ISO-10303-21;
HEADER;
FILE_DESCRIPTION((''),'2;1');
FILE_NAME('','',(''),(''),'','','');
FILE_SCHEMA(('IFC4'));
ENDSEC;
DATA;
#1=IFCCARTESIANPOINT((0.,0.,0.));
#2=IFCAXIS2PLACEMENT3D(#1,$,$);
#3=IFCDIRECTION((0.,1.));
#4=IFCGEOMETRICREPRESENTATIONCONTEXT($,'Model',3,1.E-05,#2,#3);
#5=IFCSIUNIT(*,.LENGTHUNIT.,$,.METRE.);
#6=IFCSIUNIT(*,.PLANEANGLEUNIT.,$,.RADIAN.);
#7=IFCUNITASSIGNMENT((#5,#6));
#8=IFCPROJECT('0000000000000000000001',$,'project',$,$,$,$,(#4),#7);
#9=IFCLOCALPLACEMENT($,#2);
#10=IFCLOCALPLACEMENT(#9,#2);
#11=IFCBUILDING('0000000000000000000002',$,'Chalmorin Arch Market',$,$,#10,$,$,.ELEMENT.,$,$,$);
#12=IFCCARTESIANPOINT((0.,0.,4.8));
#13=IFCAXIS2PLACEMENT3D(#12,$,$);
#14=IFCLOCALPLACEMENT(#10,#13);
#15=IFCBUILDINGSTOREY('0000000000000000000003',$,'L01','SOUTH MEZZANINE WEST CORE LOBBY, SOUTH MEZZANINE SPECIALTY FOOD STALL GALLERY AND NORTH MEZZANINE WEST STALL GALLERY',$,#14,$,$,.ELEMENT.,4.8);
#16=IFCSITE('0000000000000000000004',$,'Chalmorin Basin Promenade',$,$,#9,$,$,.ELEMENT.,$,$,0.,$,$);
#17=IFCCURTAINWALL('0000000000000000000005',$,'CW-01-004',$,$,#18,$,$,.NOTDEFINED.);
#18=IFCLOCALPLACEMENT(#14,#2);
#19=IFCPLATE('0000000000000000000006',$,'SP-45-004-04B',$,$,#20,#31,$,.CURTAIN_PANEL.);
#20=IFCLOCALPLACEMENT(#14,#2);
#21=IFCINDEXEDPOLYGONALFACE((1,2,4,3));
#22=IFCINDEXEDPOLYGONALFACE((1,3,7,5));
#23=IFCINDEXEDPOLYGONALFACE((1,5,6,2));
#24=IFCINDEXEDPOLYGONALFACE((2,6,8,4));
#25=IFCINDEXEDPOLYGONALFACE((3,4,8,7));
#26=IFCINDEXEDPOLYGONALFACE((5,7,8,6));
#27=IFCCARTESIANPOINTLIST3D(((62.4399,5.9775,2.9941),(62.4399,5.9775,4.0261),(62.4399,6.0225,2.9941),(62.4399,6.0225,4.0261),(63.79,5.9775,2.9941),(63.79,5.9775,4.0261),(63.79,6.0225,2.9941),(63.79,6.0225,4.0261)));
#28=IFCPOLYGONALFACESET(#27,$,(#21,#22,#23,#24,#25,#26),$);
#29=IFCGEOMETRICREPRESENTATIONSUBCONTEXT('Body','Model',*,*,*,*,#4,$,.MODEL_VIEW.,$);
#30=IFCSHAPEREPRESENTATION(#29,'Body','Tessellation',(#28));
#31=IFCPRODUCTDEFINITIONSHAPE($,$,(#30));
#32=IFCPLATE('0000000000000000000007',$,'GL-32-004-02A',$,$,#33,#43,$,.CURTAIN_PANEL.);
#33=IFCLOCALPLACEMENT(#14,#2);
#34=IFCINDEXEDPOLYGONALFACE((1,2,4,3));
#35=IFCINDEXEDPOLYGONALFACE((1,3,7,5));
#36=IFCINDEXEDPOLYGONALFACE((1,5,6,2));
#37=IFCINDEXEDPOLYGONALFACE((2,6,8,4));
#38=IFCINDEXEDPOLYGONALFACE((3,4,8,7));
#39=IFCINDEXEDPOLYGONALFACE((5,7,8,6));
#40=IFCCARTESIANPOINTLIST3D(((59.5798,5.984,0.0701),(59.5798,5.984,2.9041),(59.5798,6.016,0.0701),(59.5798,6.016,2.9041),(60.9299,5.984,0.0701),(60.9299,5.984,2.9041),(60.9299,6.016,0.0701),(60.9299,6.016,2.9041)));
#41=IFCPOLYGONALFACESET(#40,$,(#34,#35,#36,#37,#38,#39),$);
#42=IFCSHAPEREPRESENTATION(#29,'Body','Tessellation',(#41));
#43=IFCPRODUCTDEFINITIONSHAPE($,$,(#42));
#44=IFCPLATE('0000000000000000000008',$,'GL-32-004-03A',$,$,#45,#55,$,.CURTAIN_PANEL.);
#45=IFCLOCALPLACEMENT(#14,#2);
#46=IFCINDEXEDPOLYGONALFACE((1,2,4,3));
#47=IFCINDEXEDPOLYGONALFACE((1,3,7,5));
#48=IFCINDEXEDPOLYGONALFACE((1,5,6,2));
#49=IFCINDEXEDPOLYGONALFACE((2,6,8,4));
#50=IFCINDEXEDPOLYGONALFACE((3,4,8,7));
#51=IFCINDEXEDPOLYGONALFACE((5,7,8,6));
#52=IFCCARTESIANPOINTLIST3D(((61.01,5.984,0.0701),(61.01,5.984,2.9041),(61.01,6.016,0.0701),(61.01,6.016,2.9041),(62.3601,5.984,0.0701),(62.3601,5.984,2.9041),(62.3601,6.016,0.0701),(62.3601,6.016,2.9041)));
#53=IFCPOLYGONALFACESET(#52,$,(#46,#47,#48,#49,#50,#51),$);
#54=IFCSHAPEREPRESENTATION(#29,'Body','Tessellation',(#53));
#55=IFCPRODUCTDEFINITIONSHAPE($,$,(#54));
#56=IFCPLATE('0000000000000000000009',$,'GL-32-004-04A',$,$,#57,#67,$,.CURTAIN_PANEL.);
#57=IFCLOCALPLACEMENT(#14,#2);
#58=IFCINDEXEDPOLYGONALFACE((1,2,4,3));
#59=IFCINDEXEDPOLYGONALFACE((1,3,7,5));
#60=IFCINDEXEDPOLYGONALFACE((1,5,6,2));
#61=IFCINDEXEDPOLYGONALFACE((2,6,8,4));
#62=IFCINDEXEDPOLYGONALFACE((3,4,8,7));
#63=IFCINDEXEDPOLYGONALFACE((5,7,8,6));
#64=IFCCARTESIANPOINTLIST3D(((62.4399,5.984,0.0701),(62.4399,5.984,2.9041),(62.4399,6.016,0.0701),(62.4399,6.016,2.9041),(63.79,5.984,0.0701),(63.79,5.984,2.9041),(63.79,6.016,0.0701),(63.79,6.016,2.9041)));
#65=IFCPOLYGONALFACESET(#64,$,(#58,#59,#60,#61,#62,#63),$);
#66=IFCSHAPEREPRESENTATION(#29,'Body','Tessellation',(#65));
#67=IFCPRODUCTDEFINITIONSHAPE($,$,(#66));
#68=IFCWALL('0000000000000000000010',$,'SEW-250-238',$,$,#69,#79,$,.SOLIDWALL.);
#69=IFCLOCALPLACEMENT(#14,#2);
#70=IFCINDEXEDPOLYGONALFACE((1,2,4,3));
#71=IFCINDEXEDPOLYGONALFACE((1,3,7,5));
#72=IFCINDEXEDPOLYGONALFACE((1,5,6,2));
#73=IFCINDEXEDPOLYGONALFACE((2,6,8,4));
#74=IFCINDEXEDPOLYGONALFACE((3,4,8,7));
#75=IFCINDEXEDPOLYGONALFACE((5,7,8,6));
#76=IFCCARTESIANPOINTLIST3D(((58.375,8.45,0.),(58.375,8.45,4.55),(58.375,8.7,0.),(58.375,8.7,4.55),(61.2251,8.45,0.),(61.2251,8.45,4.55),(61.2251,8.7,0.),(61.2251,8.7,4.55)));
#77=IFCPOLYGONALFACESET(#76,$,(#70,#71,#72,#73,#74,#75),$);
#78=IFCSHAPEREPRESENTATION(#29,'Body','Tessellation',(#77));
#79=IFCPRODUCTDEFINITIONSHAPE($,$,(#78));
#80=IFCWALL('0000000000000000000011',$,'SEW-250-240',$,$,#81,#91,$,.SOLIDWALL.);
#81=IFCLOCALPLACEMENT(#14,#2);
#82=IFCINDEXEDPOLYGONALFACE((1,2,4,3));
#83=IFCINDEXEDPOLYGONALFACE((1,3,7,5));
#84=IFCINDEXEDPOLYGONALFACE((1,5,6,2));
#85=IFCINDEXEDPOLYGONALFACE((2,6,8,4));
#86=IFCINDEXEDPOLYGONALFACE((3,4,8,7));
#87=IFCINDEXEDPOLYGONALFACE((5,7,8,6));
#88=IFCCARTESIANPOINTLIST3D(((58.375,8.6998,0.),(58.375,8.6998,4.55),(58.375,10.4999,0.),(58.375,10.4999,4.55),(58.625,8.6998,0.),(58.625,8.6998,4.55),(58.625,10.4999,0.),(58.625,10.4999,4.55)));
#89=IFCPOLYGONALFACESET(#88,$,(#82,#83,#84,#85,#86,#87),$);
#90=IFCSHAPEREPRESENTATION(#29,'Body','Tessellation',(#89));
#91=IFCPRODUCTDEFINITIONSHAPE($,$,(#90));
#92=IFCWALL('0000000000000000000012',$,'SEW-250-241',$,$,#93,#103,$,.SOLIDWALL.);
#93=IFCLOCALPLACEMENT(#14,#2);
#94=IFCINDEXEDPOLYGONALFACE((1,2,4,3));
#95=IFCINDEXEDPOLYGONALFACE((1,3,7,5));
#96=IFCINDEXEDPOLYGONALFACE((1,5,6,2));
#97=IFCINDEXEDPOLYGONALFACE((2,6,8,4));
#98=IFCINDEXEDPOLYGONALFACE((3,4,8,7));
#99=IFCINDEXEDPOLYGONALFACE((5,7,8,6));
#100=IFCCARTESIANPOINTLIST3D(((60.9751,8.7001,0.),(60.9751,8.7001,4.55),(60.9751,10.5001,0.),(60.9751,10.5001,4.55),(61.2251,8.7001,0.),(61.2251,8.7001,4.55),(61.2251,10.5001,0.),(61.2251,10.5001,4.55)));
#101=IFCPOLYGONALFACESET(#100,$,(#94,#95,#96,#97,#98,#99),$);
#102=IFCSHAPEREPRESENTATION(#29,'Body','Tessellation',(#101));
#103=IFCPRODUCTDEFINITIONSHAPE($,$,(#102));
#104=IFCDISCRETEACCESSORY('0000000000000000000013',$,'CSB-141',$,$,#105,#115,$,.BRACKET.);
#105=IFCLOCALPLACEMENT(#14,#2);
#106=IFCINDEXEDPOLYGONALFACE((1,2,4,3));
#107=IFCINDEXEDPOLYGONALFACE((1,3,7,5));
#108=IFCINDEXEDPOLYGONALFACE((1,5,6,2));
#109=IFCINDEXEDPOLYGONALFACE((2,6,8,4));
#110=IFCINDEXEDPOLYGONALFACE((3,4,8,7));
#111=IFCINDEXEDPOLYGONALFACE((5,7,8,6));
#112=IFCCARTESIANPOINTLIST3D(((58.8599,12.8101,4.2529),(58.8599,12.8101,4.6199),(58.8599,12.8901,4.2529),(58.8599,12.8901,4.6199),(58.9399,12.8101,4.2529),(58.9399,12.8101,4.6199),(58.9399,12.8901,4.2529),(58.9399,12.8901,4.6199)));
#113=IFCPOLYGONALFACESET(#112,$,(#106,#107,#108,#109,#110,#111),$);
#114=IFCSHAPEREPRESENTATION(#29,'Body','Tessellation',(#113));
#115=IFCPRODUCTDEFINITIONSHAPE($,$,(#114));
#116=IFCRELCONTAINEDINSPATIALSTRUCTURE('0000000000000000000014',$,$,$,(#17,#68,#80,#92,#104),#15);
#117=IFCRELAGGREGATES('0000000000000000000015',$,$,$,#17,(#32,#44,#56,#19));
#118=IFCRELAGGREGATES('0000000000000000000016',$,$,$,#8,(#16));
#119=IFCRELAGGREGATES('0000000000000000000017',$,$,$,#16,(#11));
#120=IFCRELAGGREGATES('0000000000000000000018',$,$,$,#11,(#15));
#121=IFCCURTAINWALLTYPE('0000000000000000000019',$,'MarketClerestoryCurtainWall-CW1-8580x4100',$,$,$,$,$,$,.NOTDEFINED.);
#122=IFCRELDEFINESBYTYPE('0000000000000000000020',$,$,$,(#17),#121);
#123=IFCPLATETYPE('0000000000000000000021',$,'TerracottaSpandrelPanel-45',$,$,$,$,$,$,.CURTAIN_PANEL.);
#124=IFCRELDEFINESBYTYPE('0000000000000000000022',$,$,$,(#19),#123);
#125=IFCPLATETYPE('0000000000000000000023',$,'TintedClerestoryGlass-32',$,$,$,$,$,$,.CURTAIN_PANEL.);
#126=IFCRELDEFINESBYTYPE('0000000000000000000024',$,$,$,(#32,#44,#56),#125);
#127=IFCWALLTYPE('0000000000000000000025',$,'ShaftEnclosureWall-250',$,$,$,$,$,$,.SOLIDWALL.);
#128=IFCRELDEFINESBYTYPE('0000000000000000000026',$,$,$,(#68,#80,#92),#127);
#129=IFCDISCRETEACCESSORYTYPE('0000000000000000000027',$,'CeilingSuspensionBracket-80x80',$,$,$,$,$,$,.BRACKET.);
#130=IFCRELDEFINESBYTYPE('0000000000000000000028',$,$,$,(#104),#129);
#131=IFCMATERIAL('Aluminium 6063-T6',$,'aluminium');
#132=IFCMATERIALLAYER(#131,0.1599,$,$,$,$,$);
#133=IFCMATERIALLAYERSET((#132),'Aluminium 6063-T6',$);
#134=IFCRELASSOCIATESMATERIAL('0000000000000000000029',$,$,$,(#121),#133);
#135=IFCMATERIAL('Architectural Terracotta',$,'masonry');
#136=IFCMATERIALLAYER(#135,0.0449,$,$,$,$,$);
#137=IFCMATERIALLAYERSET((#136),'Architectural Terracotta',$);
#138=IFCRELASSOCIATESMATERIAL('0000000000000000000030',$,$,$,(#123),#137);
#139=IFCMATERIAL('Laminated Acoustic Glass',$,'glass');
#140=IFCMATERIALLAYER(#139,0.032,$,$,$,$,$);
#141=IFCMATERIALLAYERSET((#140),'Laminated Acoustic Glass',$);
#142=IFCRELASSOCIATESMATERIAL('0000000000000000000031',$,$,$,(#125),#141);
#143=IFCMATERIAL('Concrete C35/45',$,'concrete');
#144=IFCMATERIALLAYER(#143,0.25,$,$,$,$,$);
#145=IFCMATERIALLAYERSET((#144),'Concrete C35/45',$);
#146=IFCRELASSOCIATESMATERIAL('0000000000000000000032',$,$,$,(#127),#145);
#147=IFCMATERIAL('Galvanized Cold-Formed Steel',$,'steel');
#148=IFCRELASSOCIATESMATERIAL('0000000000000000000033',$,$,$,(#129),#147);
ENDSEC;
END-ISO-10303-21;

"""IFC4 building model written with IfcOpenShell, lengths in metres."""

from ifc_helpers import new_model, si_unit, direction, frame, frame_2d, origin, origin_2d, place, context, subcontext, project, spatial, rectangle, extrude, material, layer, layer_set, type_object, element, aggregate, save


model = new_model("IFC4")

# Units and contexts
model_context = context("Model", 3, precision=1e-05, world=origin(), true_north=direction((0.0, 1.0)))
body_context = subcontext(model_context, "Body", "Model", "MODEL_VIEW")
ifc_project = project(units=[si_unit("LENGTHUNIT", "METRE"), si_unit("PLANEANGLEUNIT", "RADIAN")], contexts=[model_context])

# Site, building, storey
site_placement = place(None, origin())
site = spatial("IfcSite", under=ifc_project, at=site_placement, Name="Chalmorin Basin Promenade", CompositionType="ELEMENT", RefElevation=0.0)
building_placement = place(site_placement, origin())
building = spatial("IfcBuilding", under=site, at=building_placement, Name="Chalmorin Arch Market", CompositionType="ELEMENT")
storey_placement = place(building_placement, frame((0.0, 0.0, 4.8)))
storey = spatial("IfcBuildingStorey", under=building, at=storey_placement, Name="L01", Description="SOUTH MEZZANINE WEST CORE LOBBY, SOUTH MEZZANINE SPECIALTY FOOD STALL GALLERY AND NORTH MEZZANINE WEST STALL GALLERY", CompositionType="ELEMENT", Elevation=4.8)

# Curtain wall
ifc_material_1 = material(Name="Aluminium 6063-T6", Category="aluminium")
ifc_layer_1 = layer(ifc_material_1, 0.1599)
ifc_layer_set_1 = layer_set([ifc_layer_1], Name="Aluminium 6063-T6")
curtain_wall_type = type_object("IfcCurtainWallType", Name="MarketClerestoryCurtainWall-CW1-8580x4100", PredefinedType="NOTDEFINED", material=ifc_layer_set_1)
curtain_wall_placement = place(storey_placement, origin())
curtain_wall = element("IfcCurtainWall", 1, at=curtain_wall_placement, inside=storey, type_object=curtain_wall_type, Name="CW-01-004", PredefinedType="NOTDEFINED")

# Plates
ifc_material_2 = material(Name="Architectural Terracotta", Category="masonry")
ifc_layer_2 = layer(ifc_material_2, 0.0449)
ifc_layer_set_2 = layer_set([ifc_layer_2], Name="Architectural Terracotta")
plate_type_1 = type_object("IfcPlateType", Name="TerracottaSpandrelPanel-45", PredefinedType="CURTAIN_PANEL", material=ifc_layer_set_2)
plate_1_placement = place(storey_placement, frame((63.115, 6.0, 2.9941), z_axis=(0.0, 0.0, 1.0), x_axis=(1.0, 0.0, 0.0)))
plate_1 = element("IfcPlate", 2, at=plate_1_placement, type_object=plate_type_1, Name="SP-45-004-04B", PredefinedType="CURTAIN_PANEL", context=body_context, shape_type="SweptSolid", body=[
    extrude(rectangle(XDim=1.3501, YDim=0.0449, at=origin_2d()), origin(), (0.0, 0.0, 1.0), 1.032),
])
ifc_material_3 = material(Name="Laminated Acoustic Glass", Category="glass")
ifc_layer_3 = layer(ifc_material_3, 0.032)
ifc_layer_set_3 = layer_set([ifc_layer_3], Name="Laminated Acoustic Glass")
plate_type_2 = type_object("IfcPlateType", Name="TintedClerestoryGlass-32", PredefinedType="CURTAIN_PANEL", material=ifc_layer_set_3)
plate_2_placement = place(storey_placement, frame((60.2549, 6.0, 0.0701), z_axis=(0.0, 0.0, 1.0), x_axis=(1.0, 0.0, 0.0)))
plate_2 = element("IfcPlate", 3, at=plate_2_placement, type_object=plate_type_2, Name="GL-32-004-02A", PredefinedType="CURTAIN_PANEL", context=body_context, shape_type="SweptSolid", body=[
    extrude(rectangle(XDim=1.3501, YDim=0.032, at=origin_2d()), origin(), (0.0, 0.0, 1.0), 2.834),
])
plate_3_placement = place(storey_placement, frame((61.6851, 6.0, 0.0701), z_axis=(0.0, 0.0, 1.0), x_axis=(1.0, 0.0, 0.0)))
plate_3 = element("IfcPlate", 4, at=plate_3_placement, type_object=plate_type_2, Name="GL-32-004-03A", PredefinedType="CURTAIN_PANEL", context=body_context, shape_type="SweptSolid", body=[
    extrude(rectangle(XDim=1.3501, YDim=0.032, at=origin_2d()), origin(), (0.0, 0.0, 1.0), 2.834),
])
plate_4_placement = place(storey_placement, frame((63.115, 6.0, 0.0701), z_axis=(0.0, 0.0, 1.0), x_axis=(1.0, 0.0, 0.0)))
plate_4 = element("IfcPlate", 5, at=plate_4_placement, type_object=plate_type_2, Name="GL-32-004-04A", PredefinedType="CURTAIN_PANEL", context=body_context, shape_type="SweptSolid", body=[
    extrude(rectangle(XDim=1.3501, YDim=0.032, at=origin_2d()), origin(), (0.0, 0.0, 1.0), 2.834),
])
aggregate(curtain_wall, [plate_2, plate_3, plate_4, plate_1])

# Wall
ifc_material_4 = material(Name="Concrete C35/45", Category="concrete")
ifc_layer_4 = layer(ifc_material_4, 0.25)
ifc_layer_set_4 = layer_set([ifc_layer_4], Name="Concrete C35/45")
wall_type_1 = type_object("IfcWallType", Name="ShaftEnclosureWall-250", PredefinedType="SOLIDWALL", material=ifc_layer_set_4)
wall_1_placement = place(storey_placement, frame((61.2251, 8.575, 0.0), z_axis=(0.0, 0.0, 1.0), x_axis=(-1.0, 0.0, 0.0)))
element("IfcWall", 6, at=wall_1_placement, inside=storey, type_object=wall_type_1, Name="SEW-250-238", PredefinedType="SOLIDWALL", context=body_context, shape_type="SweptSolid", body=[
    extrude(rectangle(XDim=2.8501, YDim=0.25, at=frame_2d((1.425, 0.0))), origin(), (0.0, 0.0, 1.0), 4.55),
])

# Walls
for number, where, z_axis, x_axis, name in (
    (7, (58.5, 8.7, 0.0), (0.0, 0.0, 1.0), (0.0, 1.0, 0.0), "SEW-250-240"),
    (8, (61.1001, 10.5, 0.0), (0.0, 0.0, 1.0), (0.0, -1.0, 0.0), "SEW-250-241"),
):
    element("IfcWall", number, at=place(storey_placement, frame(where, z_axis=z_axis, x_axis=x_axis)), inside=storey, type_object=wall_type_1, Name=name, PredefinedType="SOLIDWALL", context=body_context, shape_type="SweptSolid", body=[
        extrude(rectangle(XDim=1.8, YDim=0.25, at=frame_2d((0.8999, 0.0))), origin(), (0.0, 0.0, 1.0), 4.55),
    ])

# Discrete accessory
ifc_material_5 = material(Name="Galvanized Cold-Formed Steel", Category="steel")
discrete_accessory_type = type_object("IfcDiscreteAccessoryType", Name="CeilingSuspensionBracket-80x80", PredefinedType="BRACKET", material=ifc_material_5)
discrete_accessory_placement = place(storey_placement, frame((58.8999, 12.8501, 4.2529), z_axis=(0.0, 0.0, 1.0), x_axis=(1.0, 0.0, 0.0)))
element("IfcDiscreteAccessory", 9, at=discrete_accessory_placement, inside=storey, type_object=discrete_accessory_type, Name="CSB-141", PredefinedType="BRACKET", context=body_context, shape_type="SweptSolid", body=[
    extrude(rectangle(XDim=0.0801, YDim=0.0801, at=origin_2d()), origin(), (0.0, 0.0, 1.0), 0.3669),
])

save(model, "model.ifc")
